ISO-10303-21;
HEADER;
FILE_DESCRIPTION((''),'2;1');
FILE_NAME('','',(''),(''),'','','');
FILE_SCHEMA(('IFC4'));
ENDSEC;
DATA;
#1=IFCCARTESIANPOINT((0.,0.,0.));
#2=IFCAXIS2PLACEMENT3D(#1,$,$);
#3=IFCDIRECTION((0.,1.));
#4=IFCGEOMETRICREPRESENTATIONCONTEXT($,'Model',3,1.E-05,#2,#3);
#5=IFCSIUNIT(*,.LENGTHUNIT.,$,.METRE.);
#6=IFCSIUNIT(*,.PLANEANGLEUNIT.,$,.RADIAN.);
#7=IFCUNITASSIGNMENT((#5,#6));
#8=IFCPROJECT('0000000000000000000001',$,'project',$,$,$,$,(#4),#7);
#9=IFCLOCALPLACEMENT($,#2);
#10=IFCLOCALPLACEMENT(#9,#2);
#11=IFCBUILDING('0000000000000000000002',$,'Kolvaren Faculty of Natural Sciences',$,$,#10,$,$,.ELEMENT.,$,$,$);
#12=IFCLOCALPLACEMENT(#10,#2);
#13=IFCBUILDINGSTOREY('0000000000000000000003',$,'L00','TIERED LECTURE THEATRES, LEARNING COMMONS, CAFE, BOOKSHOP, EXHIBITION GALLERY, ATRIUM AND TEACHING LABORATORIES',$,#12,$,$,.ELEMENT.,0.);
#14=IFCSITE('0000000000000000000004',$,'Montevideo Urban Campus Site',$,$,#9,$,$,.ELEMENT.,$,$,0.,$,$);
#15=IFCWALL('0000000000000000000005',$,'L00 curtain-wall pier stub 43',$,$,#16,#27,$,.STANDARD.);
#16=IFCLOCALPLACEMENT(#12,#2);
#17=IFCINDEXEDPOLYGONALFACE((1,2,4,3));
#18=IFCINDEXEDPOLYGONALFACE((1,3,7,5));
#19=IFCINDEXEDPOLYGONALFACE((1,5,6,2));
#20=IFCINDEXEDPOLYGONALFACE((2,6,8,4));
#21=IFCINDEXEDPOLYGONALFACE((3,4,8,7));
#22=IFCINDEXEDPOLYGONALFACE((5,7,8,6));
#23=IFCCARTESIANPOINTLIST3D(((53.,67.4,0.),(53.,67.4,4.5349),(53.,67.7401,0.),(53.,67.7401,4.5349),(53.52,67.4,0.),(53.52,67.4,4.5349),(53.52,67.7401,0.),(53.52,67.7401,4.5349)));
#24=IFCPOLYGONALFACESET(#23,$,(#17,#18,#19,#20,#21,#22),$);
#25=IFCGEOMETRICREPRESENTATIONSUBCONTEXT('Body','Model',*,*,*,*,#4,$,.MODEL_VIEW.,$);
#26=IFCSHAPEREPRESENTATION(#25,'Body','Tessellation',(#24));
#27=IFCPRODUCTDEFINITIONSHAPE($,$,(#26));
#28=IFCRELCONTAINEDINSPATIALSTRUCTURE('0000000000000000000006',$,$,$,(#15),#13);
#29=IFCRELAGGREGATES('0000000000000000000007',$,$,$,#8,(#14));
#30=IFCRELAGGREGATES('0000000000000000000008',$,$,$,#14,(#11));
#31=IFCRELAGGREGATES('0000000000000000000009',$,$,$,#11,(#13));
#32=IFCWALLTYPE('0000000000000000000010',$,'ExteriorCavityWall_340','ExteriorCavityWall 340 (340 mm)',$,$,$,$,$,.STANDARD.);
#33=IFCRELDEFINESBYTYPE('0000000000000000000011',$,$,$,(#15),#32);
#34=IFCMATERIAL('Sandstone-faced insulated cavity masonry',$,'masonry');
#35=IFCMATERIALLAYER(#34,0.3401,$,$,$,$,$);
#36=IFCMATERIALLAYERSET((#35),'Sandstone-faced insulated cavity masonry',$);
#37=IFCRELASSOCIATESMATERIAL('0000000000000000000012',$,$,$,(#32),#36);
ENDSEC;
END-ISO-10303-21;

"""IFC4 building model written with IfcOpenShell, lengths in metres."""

from ifc_helpers import new_model, si_unit, direction, frame, frame_2d, origin, place, context, subcontext, project, spatial, rectangle, extrude, material, layer, layer_set, type_object, element, save


model = new_model("IFC4")

# Units and contexts
model_context = context("Model", 3, precision=1e-05, world=origin(), true_north=direction((0.0, 1.0)))
body_context = subcontext(model_context, "Body", "Model", "MODEL_VIEW")
ifc_project = project(units=[si_unit("LENGTHUNIT", "METRE"), si_unit("PLANEANGLEUNIT", "RADIAN")], contexts=[model_context])

# Site, building, storey
site_placement = place(None, origin())
site = spatial("IfcSite", under=ifc_project, at=site_placement, Name="Montevideo Urban Campus Site", CompositionType="ELEMENT", RefElevation=0.0)
building_placement = place(site_placement, origin())
building = spatial("IfcBuilding", under=site, at=building_placement, Name="Kolvaren Faculty of Natural Sciences", CompositionType="ELEMENT")
storey_placement = place(building_placement, origin())
storey = spatial("IfcBuildingStorey", under=building, at=storey_placement, Name="L00", Description="TIERED LECTURE THEATRES, LEARNING COMMONS, CAFE, BOOKSHOP, EXHIBITION GALLERY, ATRIUM AND TEACHING LABORATORIES", CompositionType="ELEMENT", Elevation=0.0)

# Wall
ifc_material_1 = material(Name="Sandstone-faced insulated cavity masonry", Category="masonry")
ifc_layer_1 = layer(ifc_material_1, 0.3401)
ifc_layer_set_1 = layer_set([ifc_layer_1], Name="Sandstone-faced insulated cavity masonry")
wall_type = type_object("IfcWallType", Name="ExteriorCavityWall_340", Description="ExteriorCavityWall 340 (340 mm)", PredefinedType="STANDARD", material=ifc_layer_set_1)
wall_placement = place(storey_placement, frame((53.52, 67.5701, 0.0), z_axis=(0.0, 0.0, 1.0), x_axis=(-1.0, 0.0, 0.0)))
element("IfcWall", 1, at=wall_placement, inside=storey, type_object=wall_type, Name="L00 curtain-wall pier stub 43", PredefinedType="STANDARD", context=body_context, shape_type="SweptSolid", body=[
    extrude(rectangle(XDim=0.52, YDim=0.3401, at=frame_2d((0.26, 0.0))), origin(), (0.0, 0.0, 1.0), 4.5349),
])

save(model, "model.ifc")
